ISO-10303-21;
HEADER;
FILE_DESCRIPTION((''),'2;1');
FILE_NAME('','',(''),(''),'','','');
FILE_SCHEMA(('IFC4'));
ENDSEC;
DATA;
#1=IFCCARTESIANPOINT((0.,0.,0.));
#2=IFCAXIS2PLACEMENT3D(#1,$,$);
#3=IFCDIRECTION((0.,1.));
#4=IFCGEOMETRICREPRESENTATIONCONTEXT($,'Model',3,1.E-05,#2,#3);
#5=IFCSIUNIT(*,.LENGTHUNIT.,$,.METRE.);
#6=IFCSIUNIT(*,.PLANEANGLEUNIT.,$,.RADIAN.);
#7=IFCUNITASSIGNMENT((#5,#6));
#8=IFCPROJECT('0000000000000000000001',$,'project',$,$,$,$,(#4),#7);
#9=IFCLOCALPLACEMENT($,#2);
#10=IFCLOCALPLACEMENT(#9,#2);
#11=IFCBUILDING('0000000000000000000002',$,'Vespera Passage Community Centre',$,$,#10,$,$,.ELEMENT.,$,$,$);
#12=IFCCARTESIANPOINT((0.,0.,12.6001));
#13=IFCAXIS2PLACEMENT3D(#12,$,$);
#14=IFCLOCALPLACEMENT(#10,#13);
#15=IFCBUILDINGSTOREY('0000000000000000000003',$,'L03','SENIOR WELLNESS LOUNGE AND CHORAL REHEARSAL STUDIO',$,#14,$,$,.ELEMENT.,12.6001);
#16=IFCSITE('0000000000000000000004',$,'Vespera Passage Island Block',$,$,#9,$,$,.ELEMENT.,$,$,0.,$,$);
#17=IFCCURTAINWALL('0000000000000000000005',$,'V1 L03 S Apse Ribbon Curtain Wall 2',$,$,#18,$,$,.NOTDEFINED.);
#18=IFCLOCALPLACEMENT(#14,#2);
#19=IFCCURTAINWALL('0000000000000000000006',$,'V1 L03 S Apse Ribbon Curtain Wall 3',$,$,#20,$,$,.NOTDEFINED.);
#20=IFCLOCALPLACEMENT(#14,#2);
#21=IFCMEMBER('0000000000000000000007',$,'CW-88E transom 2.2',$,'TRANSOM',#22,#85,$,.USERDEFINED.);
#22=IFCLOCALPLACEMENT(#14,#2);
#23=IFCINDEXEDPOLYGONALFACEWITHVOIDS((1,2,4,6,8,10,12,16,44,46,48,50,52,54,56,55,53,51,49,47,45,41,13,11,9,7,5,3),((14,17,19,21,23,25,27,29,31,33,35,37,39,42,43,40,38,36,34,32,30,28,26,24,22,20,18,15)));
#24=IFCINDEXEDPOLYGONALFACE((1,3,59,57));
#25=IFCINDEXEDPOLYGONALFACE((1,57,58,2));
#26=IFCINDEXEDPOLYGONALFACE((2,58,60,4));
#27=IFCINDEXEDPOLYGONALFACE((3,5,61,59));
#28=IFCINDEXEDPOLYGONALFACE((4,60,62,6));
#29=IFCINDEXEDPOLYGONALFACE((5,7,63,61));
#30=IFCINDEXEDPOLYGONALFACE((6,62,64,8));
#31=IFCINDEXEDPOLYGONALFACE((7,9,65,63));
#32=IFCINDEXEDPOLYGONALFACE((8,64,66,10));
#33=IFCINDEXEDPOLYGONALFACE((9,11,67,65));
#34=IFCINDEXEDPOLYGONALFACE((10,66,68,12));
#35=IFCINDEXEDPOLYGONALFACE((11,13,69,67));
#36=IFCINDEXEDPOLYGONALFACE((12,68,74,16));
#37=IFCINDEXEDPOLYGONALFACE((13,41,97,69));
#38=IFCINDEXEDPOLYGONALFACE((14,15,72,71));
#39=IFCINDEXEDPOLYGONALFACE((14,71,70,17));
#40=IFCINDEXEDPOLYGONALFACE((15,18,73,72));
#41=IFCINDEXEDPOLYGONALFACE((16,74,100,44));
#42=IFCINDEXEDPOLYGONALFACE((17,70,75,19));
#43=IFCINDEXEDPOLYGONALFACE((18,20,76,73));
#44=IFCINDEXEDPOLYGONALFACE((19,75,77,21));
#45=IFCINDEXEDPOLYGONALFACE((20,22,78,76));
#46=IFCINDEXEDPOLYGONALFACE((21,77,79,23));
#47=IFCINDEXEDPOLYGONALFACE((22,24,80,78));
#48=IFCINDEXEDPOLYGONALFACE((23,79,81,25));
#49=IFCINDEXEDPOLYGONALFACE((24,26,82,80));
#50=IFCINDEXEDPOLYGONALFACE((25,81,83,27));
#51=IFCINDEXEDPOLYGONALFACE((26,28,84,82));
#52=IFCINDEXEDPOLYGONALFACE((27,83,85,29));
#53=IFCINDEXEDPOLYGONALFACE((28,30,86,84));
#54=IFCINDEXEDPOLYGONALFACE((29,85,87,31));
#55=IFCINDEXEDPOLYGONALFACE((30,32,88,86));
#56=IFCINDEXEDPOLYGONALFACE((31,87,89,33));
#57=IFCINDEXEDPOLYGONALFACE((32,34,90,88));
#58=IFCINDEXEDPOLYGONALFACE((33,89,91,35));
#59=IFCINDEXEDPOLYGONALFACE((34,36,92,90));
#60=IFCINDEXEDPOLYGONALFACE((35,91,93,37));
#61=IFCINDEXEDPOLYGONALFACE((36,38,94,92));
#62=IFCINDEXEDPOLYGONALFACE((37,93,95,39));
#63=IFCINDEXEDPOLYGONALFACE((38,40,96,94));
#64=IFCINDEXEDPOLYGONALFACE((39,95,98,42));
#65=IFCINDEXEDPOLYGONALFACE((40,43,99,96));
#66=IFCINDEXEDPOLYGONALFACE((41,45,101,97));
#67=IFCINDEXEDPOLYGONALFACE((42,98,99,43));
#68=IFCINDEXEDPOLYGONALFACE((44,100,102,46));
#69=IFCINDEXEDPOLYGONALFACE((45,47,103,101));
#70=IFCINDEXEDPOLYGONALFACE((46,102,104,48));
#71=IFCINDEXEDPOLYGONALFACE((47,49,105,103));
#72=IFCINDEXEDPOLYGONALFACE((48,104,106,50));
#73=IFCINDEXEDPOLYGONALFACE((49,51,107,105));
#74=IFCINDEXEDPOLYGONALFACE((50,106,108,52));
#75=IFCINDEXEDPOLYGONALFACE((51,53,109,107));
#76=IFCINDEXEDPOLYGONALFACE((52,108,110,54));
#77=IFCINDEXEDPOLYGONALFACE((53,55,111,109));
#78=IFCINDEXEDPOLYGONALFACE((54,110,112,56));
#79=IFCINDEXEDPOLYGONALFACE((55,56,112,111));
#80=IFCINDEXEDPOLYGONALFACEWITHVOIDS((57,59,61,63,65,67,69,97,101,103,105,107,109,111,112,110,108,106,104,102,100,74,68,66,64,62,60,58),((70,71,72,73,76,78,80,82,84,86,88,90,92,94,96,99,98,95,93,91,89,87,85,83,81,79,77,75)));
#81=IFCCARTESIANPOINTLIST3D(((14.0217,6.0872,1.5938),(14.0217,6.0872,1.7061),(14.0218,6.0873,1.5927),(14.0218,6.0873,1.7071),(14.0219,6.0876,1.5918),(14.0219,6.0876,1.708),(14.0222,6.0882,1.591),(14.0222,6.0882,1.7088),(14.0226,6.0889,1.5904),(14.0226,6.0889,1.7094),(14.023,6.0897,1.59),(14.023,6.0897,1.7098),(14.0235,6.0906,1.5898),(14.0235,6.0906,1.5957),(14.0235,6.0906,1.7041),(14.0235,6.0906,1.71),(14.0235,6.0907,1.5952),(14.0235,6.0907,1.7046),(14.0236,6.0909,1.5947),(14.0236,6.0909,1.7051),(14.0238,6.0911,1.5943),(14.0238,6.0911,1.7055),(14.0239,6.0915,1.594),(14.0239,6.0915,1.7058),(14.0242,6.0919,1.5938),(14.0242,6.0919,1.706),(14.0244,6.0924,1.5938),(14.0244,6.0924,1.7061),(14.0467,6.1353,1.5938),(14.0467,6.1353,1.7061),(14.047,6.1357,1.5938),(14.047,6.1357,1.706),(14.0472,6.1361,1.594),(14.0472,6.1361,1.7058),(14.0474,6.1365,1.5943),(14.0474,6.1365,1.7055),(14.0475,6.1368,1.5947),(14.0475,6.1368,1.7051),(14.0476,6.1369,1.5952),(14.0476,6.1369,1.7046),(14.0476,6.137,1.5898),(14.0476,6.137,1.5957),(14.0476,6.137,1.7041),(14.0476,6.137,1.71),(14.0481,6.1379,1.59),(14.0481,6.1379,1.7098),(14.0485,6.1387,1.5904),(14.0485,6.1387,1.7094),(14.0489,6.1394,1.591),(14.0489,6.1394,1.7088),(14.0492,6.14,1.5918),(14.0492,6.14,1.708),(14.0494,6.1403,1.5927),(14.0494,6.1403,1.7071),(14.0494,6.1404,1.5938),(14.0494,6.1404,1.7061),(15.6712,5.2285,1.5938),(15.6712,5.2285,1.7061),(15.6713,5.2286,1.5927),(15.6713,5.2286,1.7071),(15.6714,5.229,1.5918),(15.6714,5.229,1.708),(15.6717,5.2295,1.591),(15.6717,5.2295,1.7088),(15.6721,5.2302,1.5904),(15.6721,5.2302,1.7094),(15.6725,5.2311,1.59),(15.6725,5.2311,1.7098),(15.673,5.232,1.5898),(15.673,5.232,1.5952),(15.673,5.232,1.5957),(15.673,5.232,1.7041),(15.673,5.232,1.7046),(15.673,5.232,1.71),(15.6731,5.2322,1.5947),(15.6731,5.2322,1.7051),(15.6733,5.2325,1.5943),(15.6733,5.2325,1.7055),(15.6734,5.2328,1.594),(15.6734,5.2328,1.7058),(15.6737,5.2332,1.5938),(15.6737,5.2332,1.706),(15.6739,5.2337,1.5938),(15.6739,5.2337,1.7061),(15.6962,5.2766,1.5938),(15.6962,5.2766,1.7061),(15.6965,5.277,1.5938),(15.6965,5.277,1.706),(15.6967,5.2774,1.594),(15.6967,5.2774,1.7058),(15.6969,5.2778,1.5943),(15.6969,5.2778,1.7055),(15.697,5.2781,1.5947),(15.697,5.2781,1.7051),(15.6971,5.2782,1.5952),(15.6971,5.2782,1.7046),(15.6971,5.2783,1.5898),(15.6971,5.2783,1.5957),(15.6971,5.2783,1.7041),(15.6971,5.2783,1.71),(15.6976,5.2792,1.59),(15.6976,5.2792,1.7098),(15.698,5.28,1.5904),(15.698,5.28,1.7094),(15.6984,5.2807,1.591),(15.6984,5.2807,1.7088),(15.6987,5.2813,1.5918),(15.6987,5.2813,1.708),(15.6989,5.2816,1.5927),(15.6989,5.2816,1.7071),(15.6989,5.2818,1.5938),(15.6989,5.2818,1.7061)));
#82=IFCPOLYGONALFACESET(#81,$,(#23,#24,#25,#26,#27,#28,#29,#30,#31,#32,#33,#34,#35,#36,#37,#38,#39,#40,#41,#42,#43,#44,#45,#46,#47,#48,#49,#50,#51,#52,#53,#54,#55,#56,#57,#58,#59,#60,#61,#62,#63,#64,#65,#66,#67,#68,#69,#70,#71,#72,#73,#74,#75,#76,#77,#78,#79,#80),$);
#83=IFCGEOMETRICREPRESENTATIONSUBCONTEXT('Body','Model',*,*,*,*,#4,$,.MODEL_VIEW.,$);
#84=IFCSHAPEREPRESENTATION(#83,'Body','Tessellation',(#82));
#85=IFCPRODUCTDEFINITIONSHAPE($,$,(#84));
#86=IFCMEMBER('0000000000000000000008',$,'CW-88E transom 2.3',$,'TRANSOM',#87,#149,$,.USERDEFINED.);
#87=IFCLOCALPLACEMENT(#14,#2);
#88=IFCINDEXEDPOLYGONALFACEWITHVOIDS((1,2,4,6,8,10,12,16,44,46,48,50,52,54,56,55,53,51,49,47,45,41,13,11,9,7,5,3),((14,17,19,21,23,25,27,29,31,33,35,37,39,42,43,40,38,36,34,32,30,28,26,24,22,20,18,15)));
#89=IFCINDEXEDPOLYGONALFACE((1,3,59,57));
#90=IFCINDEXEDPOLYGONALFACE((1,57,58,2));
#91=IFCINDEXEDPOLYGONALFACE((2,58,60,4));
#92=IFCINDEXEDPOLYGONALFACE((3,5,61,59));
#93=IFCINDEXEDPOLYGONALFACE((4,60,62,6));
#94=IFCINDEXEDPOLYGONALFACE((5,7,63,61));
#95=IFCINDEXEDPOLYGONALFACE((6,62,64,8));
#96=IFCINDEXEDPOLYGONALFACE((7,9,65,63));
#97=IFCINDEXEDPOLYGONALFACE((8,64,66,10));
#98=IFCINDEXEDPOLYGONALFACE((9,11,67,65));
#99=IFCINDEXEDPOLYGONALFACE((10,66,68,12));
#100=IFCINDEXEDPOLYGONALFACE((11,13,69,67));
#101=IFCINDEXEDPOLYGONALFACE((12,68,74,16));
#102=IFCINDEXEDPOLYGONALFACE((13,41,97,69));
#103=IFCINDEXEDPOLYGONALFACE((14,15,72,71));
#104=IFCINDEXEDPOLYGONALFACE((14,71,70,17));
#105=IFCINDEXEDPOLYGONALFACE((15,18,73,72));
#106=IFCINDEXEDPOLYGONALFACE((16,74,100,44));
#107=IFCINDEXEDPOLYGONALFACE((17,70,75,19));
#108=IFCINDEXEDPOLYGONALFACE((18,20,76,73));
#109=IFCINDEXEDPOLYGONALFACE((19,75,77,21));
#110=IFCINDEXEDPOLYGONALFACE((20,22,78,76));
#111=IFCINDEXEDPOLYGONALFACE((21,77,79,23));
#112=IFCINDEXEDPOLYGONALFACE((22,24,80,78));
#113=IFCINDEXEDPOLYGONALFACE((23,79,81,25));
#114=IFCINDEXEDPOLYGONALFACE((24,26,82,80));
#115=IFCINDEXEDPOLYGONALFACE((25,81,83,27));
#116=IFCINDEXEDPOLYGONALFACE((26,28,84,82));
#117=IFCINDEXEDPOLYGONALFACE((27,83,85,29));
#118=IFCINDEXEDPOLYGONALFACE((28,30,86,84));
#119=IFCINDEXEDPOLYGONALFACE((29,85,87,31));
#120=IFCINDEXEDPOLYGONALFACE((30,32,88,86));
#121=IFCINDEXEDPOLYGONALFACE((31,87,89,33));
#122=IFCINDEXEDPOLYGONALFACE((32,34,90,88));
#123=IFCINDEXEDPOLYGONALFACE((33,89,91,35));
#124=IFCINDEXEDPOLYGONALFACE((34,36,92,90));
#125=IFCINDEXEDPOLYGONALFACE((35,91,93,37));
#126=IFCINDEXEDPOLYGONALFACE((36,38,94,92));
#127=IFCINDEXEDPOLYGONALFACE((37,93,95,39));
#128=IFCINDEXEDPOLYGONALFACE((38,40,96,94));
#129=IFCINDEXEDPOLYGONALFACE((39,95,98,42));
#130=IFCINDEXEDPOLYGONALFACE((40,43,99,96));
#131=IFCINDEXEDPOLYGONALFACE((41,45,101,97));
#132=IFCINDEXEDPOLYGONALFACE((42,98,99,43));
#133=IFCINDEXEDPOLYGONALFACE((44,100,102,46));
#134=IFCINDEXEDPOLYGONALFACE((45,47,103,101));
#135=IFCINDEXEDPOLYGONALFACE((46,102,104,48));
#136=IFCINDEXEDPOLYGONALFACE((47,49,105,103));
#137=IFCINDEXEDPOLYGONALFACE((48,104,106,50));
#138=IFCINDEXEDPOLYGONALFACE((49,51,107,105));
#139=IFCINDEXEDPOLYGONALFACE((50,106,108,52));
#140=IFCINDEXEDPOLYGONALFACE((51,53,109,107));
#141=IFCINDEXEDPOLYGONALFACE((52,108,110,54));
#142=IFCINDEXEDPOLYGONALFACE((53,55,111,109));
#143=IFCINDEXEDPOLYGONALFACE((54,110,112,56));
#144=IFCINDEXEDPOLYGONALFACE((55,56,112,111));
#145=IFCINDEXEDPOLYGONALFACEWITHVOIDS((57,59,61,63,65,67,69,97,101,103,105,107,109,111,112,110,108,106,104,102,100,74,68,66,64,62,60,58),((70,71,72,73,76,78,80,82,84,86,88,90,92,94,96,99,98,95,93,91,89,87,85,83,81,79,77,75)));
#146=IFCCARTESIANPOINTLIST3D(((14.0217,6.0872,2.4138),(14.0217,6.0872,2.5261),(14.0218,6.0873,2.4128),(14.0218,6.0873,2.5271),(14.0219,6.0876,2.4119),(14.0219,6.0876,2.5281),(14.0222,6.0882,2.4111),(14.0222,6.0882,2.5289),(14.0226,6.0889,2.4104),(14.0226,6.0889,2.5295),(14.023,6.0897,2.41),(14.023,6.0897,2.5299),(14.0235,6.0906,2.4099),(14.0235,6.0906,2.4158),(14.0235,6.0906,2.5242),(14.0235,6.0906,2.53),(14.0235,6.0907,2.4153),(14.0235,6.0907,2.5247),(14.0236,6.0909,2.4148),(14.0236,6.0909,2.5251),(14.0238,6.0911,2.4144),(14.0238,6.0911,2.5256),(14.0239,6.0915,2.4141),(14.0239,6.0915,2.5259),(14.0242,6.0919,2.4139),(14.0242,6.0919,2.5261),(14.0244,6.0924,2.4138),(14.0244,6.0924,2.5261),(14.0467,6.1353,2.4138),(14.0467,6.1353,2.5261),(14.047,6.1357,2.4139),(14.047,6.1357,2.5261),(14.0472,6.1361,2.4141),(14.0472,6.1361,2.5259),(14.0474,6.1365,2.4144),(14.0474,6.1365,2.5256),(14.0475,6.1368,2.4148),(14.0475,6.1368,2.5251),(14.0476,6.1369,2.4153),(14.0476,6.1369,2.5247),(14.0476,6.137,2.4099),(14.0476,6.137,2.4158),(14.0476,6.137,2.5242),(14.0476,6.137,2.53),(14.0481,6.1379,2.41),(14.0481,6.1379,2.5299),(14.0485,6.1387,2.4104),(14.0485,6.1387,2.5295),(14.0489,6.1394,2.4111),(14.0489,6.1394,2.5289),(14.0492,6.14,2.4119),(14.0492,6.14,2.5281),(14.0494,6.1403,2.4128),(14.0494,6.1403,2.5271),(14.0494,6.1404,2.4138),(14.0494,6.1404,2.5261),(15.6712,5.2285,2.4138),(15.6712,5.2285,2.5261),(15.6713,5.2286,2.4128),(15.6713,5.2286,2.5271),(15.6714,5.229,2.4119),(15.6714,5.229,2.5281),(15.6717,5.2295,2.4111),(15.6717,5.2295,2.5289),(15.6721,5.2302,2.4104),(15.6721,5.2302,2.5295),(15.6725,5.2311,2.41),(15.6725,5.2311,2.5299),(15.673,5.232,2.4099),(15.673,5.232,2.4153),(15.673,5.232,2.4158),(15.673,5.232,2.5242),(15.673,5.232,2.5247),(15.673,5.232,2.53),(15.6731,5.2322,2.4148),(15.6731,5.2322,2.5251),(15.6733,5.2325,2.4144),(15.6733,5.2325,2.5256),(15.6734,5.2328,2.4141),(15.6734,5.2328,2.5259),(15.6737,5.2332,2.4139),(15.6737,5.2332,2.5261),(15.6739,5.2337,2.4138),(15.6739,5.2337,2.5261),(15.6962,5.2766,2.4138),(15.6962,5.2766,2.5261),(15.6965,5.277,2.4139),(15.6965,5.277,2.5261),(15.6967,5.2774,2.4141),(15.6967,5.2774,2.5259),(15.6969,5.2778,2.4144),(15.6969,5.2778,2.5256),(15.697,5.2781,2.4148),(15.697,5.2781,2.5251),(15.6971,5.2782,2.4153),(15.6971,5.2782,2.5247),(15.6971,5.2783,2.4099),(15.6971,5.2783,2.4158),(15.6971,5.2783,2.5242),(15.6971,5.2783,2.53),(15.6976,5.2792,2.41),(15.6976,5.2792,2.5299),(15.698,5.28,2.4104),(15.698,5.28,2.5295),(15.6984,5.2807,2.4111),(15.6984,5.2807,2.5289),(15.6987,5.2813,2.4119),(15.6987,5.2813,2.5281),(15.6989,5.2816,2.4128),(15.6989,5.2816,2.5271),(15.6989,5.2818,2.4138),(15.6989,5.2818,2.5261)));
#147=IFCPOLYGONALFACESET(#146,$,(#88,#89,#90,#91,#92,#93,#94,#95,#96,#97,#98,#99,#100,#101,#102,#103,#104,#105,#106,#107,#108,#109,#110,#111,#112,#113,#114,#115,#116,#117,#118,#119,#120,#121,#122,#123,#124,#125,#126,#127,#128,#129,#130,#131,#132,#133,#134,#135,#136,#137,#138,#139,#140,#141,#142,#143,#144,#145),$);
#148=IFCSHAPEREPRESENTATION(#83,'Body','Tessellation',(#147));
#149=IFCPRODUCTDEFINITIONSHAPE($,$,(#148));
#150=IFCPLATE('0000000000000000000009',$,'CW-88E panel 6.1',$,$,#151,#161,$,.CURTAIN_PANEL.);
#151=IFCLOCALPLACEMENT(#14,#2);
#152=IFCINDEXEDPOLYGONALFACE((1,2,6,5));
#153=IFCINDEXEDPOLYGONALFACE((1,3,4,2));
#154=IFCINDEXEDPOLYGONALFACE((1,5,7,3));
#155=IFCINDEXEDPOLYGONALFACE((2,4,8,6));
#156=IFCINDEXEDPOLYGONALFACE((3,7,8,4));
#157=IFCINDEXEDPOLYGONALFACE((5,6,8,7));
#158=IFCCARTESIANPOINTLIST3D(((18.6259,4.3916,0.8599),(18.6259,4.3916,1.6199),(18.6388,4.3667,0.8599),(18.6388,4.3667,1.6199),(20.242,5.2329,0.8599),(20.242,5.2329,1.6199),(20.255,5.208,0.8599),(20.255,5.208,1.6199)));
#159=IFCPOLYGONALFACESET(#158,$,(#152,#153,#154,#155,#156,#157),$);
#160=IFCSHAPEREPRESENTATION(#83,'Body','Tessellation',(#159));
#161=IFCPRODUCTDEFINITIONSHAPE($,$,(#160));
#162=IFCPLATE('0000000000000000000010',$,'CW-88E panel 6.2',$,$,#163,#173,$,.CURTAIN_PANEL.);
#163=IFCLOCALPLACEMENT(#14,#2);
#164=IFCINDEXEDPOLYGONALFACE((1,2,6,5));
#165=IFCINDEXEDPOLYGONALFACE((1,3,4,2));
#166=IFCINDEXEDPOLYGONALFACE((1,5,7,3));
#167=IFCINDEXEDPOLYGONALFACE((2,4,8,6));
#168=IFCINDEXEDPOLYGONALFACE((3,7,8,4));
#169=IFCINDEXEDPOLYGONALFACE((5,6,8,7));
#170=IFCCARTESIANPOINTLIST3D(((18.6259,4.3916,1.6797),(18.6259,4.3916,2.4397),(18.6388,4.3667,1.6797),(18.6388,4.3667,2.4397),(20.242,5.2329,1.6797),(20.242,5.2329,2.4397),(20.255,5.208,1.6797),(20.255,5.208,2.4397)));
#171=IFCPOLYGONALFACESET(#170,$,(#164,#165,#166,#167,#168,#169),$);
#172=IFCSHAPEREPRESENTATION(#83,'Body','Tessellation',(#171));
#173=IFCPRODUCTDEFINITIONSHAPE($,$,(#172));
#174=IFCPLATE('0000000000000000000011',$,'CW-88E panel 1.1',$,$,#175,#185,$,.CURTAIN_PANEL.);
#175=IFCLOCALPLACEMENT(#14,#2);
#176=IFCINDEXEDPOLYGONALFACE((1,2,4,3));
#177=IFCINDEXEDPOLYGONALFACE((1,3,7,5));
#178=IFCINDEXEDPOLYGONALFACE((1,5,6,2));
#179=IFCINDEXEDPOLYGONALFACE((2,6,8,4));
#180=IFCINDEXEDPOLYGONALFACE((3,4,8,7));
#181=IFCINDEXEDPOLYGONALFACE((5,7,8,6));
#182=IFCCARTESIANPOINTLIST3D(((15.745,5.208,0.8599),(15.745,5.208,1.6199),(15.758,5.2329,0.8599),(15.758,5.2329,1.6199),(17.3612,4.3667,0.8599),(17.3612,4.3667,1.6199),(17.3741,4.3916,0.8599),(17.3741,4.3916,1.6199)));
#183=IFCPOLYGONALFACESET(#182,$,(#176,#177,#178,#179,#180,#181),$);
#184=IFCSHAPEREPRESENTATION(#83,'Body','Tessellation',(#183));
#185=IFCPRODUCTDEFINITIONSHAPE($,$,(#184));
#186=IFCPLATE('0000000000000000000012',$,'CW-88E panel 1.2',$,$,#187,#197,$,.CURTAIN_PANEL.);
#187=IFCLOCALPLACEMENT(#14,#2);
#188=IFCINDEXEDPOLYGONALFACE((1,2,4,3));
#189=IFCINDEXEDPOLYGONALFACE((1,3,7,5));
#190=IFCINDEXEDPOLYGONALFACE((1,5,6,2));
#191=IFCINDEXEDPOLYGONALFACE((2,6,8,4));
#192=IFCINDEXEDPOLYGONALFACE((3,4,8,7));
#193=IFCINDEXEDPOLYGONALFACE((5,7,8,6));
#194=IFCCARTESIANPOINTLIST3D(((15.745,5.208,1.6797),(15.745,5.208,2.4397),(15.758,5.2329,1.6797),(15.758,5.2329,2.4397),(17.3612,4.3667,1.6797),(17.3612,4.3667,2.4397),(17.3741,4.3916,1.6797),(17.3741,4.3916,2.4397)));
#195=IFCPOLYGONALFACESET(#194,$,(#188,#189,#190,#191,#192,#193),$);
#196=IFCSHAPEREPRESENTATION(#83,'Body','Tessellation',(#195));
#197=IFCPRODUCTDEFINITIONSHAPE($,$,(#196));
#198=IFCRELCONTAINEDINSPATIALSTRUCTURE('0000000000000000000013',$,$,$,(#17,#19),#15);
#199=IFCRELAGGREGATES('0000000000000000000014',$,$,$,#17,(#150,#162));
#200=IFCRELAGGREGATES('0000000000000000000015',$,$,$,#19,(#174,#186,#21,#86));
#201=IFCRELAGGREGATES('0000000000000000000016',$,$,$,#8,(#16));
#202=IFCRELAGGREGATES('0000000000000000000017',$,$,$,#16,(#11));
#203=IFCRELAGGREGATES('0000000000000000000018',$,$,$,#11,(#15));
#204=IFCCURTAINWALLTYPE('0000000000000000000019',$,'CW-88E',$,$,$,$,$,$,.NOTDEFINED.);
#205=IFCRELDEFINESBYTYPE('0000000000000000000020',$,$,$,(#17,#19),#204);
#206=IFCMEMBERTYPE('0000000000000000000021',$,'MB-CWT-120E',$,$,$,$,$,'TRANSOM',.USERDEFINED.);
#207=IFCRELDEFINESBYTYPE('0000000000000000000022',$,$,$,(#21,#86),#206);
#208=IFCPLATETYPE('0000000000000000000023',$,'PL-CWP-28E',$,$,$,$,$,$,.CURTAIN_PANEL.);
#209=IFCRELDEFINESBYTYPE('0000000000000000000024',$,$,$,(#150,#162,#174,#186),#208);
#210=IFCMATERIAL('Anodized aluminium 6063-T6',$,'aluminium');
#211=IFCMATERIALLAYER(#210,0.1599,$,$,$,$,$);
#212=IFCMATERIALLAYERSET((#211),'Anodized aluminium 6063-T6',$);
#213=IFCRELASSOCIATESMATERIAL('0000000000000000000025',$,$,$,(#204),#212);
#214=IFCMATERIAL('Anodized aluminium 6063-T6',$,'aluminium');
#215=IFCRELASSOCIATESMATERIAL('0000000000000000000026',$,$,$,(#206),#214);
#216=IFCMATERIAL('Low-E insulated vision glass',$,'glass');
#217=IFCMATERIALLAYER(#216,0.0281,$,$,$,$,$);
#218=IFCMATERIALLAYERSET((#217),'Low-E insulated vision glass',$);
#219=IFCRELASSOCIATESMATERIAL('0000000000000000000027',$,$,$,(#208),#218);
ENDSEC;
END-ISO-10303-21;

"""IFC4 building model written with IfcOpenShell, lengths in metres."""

from ifc_helpers import new_model, si_unit, direction, frame, origin, origin_2d, place, context, subcontext, project, spatial, rectangle, hollow_rectangle, extrude, material, layer, layer_set, material_profile, profile_set, type_object, element, aggregate, save


model = new_model("IFC4")

# Units and contexts
model_context = context("Model", 3, precision=1e-05, world=origin(), true_north=direction((0.0, 1.0)))
body_context = subcontext(model_context, "Body", "Model", "MODEL_VIEW")
ifc_project = project(units=[si_unit("LENGTHUNIT", "METRE"), si_unit("PLANEANGLEUNIT", "RADIAN")], contexts=[model_context])

# Site, building, storey
site_placement = place(None, origin())
site = spatial("IfcSite", under=ifc_project, at=site_placement, Name="Vespera Passage Island Block", CompositionType="ELEMENT", RefElevation=0.0)
building_placement = place(site_placement, origin())
building = spatial("IfcBuilding", under=site, at=building_placement, Name="Vespera Passage Community Centre", CompositionType="ELEMENT")
storey_placement = place(building_placement, frame((0.0, 0.0, 12.6001)))
storey = spatial("IfcBuildingStorey", under=building, at=storey_placement, Name="L03", Description="SENIOR WELLNESS LOUNGE AND CHORAL REHEARSAL STUDIO", CompositionType="ELEMENT", Elevation=12.6001)

# Curtain walls
ifc_material_1 = material(Name="Anodized aluminium 6063-T6", Category="aluminium")
ifc_layer_1 = layer(ifc_material_1, 0.1599)
ifc_layer_set_1 = layer_set([ifc_layer_1], Name="Anodized aluminium 6063-T6")
curtain_wall_type = type_object("IfcCurtainWallType", Name="CW-88E", PredefinedType="NOTDEFINED", material=ifc_layer_set_1)
curtain_wall_1_placement = place(storey_placement, origin())
curtain_wall_1 = element("IfcCurtainWall", 1, at=curtain_wall_1_placement, inside=storey, type_object=curtain_wall_type, Name="V1 L03 S Apse Ribbon Curtain Wall 2", PredefinedType="NOTDEFINED")
curtain_wall_2_placement = place(storey_placement, origin())
curtain_wall_2 = element("IfcCurtainWall", 2, at=curtain_wall_2_placement, inside=storey, type_object=curtain_wall_type, Name="V1 L03 S Apse Ribbon Curtain Wall 3", PredefinedType="NOTDEFINED")

# Members
ifc_material_2 = material(Name="Anodized aluminium 6063-T6", Category="aluminium")
ifc_material_profile_1 = material_profile(ifc_material_2, hollow_rectangle(XDim=0.0601, YDim=0.1201, WallThickness=0.0039, InnerFilletRadius=0.002, OuterFilletRadius=0.0039, at=origin_2d()), Name="ALU120X60X4")
ifc_profile_set_1 = profile_set([ifc_material_profile_1], Name="Anodized aluminium 6063-T6")
member_type_1 = type_object("IfcMemberType", Name="MB-CWT-120E", ElementType="TRANSOM", PredefinedType="USERDEFINED", material=ifc_profile_set_1)
member_1_placement = place(storey_placement, frame((15.6851, 5.2551, 1.6499), z_axis=(-0.887008, 0.461754, 0.0), x_axis=(-0.461754, -0.887008, 0.0)))
member_1 = element("IfcMember", 3, at=member_1_placement, type_object=member_type_1, Name="CW-88E transom 2.2", ObjectType="TRANSOM", PredefinedType="USERDEFINED", context=body_context, shape_type="SweptSolid", body=[
    extrude(hollow_rectangle(XDim=0.0601, YDim=0.1201, WallThickness=0.0039, InnerFilletRadius=0.002, OuterFilletRadius=0.0039, at=origin_2d()), origin(), (0.0, 0.0, 1.0), 1.8596),
])
member_2_placement = place(storey_placement, frame((15.6851, 5.2551, 2.47), z_axis=(-0.887008, 0.461754, 0.0), x_axis=(-0.461754, -0.887008, 0.0)))
member_2 = element("IfcMember", 4, at=member_2_placement, type_object=member_type_1, Name="CW-88E transom 2.3", ObjectType="TRANSOM", PredefinedType="USERDEFINED", context=body_context, shape_type="SweptSolid", body=[
    extrude(hollow_rectangle(XDim=0.0601, YDim=0.1201, WallThickness=0.0039, InnerFilletRadius=0.002, OuterFilletRadius=0.0039, at=origin_2d()), origin(), (0.0, 0.0, 1.0), 1.8596),
])

# Plates
ifc_material_3 = material(Name="Low-E insulated vision glass", Category="glass")
ifc_layer_2 = layer(ifc_material_3, 0.0281)
ifc_layer_set_2 = layer_set([ifc_layer_2], Name="Low-E insulated vision glass")
plate_type = type_object("IfcPlateType", Name="PL-CWP-28E", PredefinedType="CURTAIN_PANEL", material=ifc_layer_set_2)
plate_1_placement = place(storey_placement, frame((19.4404, 4.7998, 0.8599), z_axis=(0.0, 0.0, 1.0), x_axis=(-0.887013, -0.461745, 0.0)))
plate_1 = element("IfcPlate", 5, at=plate_1_placement, type_object=plate_type, Name="CW-88E panel 6.1", PredefinedType="CURTAIN_PANEL", context=body_context, shape_type="SweptSolid", body=[
    extrude(rectangle(XDim=1.822, YDim=0.0281, at=origin_2d()), origin(), (0.0, 0.0, 1.0), 0.76),
])
plate_2_placement = place(storey_placement, frame((19.4404, 4.7998, 1.6797), z_axis=(0.0, 0.0, 1.0), x_axis=(-0.887013, -0.461745, 0.0)))
plate_2 = element("IfcPlate", 6, at=plate_2_placement, type_object=plate_type, Name="CW-88E panel 6.2", PredefinedType="CURTAIN_PANEL", context=body_context, shape_type="SweptSolid", body=[
    extrude(rectangle(XDim=1.822, YDim=0.0281, at=origin_2d()), origin(), (0.0, 0.0, 1.0), 0.76),
])
aggregate(curtain_wall_1, [plate_1, plate_2])
plate_3_placement = place(storey_placement, frame((16.5596, 4.7998, 0.8599), z_axis=(0.0, 0.0, 1.0), x_axis=(-0.887013, 0.461745, 0.0)))
plate_3 = element("IfcPlate", 7, at=plate_3_placement, type_object=plate_type, Name="CW-88E panel 1.1", PredefinedType="CURTAIN_PANEL", context=body_context, shape_type="SweptSolid", body=[
    extrude(rectangle(XDim=1.822, YDim=0.0281, at=origin_2d()), origin(), (0.0, 0.0, 1.0), 0.76),
])
plate_4_placement = place(storey_placement, frame((16.5596, 4.7998, 1.6797), z_axis=(0.0, 0.0, 1.0), x_axis=(-0.887013, 0.461745, 0.0)))
plate_4 = element("IfcPlate", 8, at=plate_4_placement, type_object=plate_type, Name="CW-88E panel 1.2", PredefinedType="CURTAIN_PANEL", context=body_context, shape_type="SweptSolid", body=[
    extrude(rectangle(XDim=1.822, YDim=0.0281, at=origin_2d()), origin(), (0.0, 0.0, 1.0), 0.76),
])
aggregate(curtain_wall_2, [plate_3, plate_4, member_1, member_2])

save(model, "model.ifc")
